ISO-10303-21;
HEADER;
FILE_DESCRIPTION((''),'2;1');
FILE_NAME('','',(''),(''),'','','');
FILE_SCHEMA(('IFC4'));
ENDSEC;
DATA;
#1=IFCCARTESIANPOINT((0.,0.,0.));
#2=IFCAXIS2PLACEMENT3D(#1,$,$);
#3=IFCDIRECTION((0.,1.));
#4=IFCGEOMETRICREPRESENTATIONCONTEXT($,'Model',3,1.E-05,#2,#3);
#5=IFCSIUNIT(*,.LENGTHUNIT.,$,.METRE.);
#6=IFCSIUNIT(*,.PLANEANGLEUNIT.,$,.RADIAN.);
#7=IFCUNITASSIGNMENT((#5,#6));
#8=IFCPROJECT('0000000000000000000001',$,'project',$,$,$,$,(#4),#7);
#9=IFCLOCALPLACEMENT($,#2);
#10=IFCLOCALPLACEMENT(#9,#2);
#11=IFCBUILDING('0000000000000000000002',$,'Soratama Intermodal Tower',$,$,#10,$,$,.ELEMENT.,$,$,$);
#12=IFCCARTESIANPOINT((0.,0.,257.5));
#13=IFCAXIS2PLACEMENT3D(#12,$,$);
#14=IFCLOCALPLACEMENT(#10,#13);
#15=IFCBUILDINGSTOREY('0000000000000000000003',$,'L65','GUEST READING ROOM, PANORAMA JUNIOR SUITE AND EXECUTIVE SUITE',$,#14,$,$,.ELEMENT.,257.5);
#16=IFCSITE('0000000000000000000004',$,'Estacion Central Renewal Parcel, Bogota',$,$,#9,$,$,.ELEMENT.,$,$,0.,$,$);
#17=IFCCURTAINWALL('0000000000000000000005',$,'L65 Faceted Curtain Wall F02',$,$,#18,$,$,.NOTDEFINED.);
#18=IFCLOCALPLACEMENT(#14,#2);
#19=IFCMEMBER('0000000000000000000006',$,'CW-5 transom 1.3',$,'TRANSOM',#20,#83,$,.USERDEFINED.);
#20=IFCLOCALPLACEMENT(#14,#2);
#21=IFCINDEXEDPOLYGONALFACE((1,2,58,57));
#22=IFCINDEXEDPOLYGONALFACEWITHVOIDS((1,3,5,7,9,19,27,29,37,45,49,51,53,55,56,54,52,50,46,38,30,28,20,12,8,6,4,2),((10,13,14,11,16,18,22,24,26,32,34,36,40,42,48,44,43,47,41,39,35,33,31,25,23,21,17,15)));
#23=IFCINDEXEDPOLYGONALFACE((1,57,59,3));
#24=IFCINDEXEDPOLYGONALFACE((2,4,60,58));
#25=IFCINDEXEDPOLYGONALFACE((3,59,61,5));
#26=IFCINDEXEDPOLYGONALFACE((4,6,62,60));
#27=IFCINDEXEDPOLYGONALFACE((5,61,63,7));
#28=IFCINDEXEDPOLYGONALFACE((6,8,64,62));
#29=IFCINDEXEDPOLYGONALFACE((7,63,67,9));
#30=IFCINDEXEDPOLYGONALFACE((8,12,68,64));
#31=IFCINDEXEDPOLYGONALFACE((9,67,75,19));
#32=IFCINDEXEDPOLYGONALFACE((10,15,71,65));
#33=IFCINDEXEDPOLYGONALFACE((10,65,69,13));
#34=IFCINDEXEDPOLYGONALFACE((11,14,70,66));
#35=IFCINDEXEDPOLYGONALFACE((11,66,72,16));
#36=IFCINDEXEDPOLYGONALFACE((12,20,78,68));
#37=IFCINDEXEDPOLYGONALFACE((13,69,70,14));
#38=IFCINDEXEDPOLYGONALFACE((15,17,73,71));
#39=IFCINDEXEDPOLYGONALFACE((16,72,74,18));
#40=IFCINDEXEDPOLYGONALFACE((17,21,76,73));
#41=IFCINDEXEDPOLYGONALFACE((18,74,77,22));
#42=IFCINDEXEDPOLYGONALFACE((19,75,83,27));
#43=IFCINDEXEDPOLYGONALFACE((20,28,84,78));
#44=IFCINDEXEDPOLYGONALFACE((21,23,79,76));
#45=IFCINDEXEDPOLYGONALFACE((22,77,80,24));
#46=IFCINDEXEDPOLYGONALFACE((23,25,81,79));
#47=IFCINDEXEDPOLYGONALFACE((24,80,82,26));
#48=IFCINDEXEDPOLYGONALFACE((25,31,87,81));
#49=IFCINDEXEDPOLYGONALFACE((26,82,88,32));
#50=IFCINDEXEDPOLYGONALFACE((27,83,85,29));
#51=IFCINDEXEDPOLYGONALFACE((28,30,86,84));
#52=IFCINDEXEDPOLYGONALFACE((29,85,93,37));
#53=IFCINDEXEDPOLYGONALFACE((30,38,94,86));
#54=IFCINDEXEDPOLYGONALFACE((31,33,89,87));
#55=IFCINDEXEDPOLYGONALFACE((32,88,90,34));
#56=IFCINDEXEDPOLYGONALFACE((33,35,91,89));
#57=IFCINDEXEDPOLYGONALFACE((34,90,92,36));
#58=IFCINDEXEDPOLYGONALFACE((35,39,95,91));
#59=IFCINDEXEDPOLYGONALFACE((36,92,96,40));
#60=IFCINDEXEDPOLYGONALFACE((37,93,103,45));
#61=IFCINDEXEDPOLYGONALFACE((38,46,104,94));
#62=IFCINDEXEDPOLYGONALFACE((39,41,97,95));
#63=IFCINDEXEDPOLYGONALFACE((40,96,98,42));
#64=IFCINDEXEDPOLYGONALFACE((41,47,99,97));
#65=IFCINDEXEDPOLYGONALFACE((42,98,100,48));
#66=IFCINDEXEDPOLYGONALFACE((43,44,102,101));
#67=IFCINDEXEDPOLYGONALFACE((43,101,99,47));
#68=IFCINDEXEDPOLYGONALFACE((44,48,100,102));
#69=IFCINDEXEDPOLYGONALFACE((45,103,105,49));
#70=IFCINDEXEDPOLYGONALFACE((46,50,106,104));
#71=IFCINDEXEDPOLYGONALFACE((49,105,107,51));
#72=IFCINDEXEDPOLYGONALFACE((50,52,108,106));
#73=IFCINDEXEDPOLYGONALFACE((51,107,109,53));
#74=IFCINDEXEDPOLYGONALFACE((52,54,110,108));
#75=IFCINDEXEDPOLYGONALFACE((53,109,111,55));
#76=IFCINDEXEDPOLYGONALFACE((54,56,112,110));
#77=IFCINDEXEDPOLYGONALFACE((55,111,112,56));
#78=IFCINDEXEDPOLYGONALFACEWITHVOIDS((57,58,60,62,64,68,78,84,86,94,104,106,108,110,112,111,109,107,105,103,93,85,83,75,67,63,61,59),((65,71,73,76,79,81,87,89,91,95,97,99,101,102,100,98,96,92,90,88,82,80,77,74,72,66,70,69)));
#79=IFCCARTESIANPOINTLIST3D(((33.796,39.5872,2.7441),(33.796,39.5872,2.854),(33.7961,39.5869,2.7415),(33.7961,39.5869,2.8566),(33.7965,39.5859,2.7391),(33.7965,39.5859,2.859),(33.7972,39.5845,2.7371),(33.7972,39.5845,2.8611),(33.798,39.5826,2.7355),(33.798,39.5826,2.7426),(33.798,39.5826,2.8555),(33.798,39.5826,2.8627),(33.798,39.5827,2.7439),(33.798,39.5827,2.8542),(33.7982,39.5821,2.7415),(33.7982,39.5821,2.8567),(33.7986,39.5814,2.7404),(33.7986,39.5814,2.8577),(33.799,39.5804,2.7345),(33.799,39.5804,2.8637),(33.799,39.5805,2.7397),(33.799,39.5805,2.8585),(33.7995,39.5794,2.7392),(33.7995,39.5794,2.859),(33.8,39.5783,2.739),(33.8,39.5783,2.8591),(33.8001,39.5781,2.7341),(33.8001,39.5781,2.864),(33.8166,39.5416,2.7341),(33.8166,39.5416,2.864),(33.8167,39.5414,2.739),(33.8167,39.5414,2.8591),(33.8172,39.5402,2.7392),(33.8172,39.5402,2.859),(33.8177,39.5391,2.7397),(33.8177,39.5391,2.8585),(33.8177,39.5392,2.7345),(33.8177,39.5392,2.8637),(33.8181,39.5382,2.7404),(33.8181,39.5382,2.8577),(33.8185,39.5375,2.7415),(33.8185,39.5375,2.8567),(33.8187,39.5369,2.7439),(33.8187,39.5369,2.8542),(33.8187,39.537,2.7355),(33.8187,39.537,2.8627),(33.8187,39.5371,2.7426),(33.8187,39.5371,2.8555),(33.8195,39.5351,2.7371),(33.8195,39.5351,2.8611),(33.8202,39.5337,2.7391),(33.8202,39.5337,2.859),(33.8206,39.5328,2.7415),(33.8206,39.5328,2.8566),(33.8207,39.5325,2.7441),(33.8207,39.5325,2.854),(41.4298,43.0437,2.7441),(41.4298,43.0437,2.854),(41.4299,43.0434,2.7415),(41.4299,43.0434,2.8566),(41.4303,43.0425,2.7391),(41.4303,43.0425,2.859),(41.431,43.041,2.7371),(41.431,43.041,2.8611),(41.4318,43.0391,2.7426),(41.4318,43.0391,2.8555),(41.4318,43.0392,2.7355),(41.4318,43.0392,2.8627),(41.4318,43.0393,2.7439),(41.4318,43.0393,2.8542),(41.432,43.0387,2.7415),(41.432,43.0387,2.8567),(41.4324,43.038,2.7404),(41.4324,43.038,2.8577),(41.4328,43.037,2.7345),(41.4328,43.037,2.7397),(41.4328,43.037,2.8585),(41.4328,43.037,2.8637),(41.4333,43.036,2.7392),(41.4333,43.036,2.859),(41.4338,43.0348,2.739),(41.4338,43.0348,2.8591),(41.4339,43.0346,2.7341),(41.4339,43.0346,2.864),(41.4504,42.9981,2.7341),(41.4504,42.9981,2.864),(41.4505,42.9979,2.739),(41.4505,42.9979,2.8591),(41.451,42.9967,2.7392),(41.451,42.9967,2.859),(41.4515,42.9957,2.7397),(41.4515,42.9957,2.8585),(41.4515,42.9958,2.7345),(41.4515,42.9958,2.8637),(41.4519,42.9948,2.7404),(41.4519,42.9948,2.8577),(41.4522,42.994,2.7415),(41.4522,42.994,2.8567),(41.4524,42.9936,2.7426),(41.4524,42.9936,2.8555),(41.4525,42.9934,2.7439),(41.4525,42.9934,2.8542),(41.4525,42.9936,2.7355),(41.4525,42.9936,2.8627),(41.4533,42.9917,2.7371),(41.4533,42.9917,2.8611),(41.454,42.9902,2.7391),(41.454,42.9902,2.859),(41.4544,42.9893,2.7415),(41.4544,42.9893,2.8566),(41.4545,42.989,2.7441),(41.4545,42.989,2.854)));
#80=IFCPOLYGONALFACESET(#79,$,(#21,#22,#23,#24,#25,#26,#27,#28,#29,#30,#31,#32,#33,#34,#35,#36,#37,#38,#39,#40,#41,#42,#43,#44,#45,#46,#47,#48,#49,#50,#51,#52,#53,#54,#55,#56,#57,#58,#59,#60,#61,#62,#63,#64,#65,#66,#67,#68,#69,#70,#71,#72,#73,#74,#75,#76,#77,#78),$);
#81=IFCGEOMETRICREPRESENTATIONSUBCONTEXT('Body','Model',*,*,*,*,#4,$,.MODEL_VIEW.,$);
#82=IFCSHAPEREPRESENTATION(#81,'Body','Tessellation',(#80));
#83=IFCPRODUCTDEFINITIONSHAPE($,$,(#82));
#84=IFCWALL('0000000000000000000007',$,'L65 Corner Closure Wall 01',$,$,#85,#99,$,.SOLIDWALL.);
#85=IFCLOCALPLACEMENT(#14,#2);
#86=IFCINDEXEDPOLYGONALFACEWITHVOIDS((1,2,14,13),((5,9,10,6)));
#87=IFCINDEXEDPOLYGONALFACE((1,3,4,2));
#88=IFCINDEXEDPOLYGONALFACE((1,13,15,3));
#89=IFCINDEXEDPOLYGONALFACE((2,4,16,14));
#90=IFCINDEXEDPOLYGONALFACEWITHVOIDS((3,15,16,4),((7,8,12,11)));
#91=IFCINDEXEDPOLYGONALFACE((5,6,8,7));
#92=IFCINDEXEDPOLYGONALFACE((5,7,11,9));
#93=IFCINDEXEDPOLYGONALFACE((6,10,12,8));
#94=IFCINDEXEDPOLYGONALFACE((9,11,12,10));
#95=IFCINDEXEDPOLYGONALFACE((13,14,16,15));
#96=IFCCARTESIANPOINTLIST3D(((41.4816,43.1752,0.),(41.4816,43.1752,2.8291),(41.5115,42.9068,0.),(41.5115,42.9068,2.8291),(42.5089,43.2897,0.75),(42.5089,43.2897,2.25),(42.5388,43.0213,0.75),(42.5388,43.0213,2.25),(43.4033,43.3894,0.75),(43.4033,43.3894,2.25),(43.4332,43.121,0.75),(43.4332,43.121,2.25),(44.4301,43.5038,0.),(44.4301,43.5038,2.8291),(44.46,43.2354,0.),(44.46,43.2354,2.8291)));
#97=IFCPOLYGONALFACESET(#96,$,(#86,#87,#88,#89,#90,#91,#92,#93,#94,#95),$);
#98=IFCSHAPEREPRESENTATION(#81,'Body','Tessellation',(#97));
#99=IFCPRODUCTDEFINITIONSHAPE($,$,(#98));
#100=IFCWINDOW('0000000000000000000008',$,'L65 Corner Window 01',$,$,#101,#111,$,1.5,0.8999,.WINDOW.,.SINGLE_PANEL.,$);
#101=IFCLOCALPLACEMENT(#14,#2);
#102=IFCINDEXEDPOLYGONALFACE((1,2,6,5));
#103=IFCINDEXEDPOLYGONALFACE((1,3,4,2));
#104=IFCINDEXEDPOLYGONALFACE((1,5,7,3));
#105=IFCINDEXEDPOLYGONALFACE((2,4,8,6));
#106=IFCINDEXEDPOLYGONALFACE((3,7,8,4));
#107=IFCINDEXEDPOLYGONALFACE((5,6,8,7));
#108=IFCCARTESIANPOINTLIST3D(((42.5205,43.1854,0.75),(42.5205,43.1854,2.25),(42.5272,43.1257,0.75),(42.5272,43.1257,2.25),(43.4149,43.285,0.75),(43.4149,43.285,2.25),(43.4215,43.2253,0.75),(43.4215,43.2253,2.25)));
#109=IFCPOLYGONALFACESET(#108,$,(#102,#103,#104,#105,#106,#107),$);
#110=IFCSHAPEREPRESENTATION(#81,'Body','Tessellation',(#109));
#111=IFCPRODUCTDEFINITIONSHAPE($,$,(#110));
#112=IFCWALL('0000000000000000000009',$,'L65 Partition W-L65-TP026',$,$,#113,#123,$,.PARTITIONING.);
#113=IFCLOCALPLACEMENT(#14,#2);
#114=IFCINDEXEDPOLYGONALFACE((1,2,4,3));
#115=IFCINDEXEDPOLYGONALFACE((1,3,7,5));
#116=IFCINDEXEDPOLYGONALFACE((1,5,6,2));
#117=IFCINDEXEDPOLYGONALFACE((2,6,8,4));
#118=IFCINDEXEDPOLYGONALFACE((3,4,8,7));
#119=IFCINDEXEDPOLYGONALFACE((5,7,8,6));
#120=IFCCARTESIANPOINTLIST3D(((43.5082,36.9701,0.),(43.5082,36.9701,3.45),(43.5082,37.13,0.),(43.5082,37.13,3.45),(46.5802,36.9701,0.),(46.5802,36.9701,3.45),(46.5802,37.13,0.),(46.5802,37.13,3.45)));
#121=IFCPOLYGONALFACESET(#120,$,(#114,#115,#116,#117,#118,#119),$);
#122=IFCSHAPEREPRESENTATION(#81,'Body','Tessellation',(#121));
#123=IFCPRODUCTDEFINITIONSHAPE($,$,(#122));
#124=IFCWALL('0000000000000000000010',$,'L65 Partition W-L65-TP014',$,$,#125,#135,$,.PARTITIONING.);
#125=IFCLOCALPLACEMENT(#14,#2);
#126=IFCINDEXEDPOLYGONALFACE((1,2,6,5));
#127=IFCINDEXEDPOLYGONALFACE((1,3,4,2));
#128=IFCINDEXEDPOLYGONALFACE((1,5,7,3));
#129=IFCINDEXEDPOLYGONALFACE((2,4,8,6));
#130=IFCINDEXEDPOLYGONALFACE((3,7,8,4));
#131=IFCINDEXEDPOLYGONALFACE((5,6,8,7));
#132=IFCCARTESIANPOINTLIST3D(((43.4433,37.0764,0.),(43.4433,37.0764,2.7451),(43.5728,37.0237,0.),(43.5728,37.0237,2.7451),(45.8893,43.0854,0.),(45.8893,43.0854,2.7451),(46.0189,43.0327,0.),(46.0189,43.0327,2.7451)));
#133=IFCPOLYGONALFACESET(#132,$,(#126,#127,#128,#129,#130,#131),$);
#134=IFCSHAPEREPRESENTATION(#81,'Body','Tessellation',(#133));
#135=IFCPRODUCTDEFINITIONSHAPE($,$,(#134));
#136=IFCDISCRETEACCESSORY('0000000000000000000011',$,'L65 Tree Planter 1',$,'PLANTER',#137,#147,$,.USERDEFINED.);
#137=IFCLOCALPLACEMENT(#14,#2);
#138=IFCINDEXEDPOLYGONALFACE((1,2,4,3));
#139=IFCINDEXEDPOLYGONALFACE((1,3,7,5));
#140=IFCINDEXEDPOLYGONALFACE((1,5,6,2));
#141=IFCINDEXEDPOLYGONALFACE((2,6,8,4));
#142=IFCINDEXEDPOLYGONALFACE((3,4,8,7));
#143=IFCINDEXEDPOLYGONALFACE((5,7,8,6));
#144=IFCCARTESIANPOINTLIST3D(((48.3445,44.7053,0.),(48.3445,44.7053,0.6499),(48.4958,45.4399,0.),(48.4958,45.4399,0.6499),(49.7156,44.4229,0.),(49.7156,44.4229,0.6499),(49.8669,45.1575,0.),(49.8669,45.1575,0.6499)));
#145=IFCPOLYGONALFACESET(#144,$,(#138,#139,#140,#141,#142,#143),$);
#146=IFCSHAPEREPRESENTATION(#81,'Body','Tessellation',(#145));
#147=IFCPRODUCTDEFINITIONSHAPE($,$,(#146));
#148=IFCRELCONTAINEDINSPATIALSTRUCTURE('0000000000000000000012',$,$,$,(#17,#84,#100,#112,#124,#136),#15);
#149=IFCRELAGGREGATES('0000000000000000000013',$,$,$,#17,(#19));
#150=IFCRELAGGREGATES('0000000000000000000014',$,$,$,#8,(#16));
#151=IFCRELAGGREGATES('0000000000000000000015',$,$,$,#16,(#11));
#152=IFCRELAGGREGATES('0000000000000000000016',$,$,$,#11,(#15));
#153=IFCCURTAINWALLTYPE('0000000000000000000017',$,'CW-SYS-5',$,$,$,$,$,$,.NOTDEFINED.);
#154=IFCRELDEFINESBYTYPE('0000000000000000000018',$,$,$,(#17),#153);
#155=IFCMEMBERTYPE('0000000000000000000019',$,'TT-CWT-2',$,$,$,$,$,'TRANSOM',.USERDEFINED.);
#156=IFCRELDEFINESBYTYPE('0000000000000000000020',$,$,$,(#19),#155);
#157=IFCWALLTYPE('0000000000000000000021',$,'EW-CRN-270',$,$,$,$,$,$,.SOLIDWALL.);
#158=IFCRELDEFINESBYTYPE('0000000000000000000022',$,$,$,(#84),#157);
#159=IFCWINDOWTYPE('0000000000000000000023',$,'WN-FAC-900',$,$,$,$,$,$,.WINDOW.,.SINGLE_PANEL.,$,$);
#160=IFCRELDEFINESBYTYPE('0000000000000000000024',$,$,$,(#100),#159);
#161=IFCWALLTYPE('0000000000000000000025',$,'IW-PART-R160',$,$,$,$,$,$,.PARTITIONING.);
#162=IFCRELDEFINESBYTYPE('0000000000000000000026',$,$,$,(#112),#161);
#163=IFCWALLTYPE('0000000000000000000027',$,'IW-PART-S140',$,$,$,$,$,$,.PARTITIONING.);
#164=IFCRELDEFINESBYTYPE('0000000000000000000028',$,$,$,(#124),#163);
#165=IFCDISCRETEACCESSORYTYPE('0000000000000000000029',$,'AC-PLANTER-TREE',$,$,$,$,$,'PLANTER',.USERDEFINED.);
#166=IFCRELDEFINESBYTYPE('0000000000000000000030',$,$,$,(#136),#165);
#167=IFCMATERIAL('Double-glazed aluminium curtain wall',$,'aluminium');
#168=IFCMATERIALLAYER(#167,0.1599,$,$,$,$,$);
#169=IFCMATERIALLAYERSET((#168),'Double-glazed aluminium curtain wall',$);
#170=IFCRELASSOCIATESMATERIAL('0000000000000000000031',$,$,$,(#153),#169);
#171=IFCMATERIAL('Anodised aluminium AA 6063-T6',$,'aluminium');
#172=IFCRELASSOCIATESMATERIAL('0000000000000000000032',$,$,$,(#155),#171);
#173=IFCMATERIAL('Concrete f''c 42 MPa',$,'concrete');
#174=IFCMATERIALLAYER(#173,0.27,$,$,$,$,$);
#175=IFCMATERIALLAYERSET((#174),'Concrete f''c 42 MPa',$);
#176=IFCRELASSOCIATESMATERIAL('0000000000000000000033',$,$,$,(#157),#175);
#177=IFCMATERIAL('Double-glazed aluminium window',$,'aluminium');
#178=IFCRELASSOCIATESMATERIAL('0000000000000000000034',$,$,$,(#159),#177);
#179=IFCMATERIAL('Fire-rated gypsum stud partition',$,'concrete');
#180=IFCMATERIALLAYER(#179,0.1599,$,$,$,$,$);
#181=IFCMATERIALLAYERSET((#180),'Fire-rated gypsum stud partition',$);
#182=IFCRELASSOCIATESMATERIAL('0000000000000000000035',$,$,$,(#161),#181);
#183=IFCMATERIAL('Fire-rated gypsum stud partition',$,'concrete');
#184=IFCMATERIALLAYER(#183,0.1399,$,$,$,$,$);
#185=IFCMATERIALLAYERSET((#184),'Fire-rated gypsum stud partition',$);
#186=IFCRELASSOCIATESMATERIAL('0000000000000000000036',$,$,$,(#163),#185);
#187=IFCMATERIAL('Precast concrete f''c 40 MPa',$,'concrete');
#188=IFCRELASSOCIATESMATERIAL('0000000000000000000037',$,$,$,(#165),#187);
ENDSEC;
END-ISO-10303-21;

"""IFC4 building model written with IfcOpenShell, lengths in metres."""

from ifc_helpers import new_model, si_unit, direction, frame, frame_2d, origin, origin_2d, place, context, subcontext, project, spatial, rectangle, hollow_rectangle, extrude, material, layer, layer_set, material_profile, profile_set, type_object, element, fill, aggregate, save


model = new_model("IFC4")

# Units and contexts
model_context = context("Model", 3, precision=1e-05, world=origin(), true_north=direction((0.0, 1.0)))
body_context = subcontext(model_context, "Body", "Model", "MODEL_VIEW")
ifc_project = project(units=[si_unit("LENGTHUNIT", "METRE"), si_unit("PLANEANGLEUNIT", "RADIAN")], contexts=[model_context])

# Site, building, storey
site_placement = place(None, origin())
site = spatial("IfcSite", under=ifc_project, at=site_placement, Name="Estacion Central Renewal Parcel, Bogota", CompositionType="ELEMENT", RefElevation=0.0)
building_placement = place(site_placement, origin())
building = spatial("IfcBuilding", under=site, at=building_placement, Name="Soratama Intermodal Tower", CompositionType="ELEMENT")
storey_placement = place(building_placement, frame((0.0, 0.0, 257.5)))
storey = spatial("IfcBuildingStorey", under=building, at=storey_placement, Name="L65", Description="GUEST READING ROOM, PANORAMA JUNIOR SUITE AND EXECUTIVE SUITE", CompositionType="ELEMENT", Elevation=257.5)

# Curtain wall, member
ifc_material_1 = material(Name="Double-glazed aluminium curtain wall", Category="aluminium")
ifc_layer_1 = layer(ifc_material_1, 0.1599)
ifc_layer_set_1 = layer_set([ifc_layer_1], Name="Double-glazed aluminium curtain wall")
curtain_wall_type = type_object("IfcCurtainWallType", Name="CW-SYS-5", PredefinedType="NOTDEFINED", material=ifc_layer_set_1)
curtain_wall_placement = place(storey_placement, origin())
curtain_wall = element("IfcCurtainWall", 1, at=curtain_wall_placement, inside=storey, type_object=curtain_wall_type, Name="L65 Faceted Curtain Wall F02", PredefinedType="NOTDEFINED")
ifc_material_2 = material(Name="Anodised aluminium AA 6063-T6", Category="aluminium")
ifc_material_profile_1 = material_profile(ifc_material_2, hollow_rectangle(XDim=0.0601, YDim=0.1299, WallThickness=0.0049, InnerFilletRadius=0.0049, OuterFilletRadius=0.01, at=origin_2d()), Name="CWT130X60X5")
ifc_profile_set_1 = profile_set([ifc_material_profile_1], Name="Anodised aluminium AA 6063-T6")
member_type_1 = type_object("IfcMemberType", Name="TT-CWT-2", ElementType="TRANSOM", PredefinedType="USERDEFINED", material=ifc_profile_set_1)
member_1_placement = place(storey_placement, frame((41.4421, 43.0164, 2.7991), z_axis=(-0.910966, -0.412481, 0.0), x_axis=(0.412481, -0.910966, 0.0)))
member_1 = element("IfcMember", 2, at=member_1_placement, type_object=member_type_1, Name="CW-5 transom 1.3", ObjectType="TRANSOM", PredefinedType="USERDEFINED", context=body_context, shape_type="SweptSolid", body=[
    extrude(hollow_rectangle(XDim=0.0601, YDim=0.1299, WallThickness=0.0049, InnerFilletRadius=0.0049, OuterFilletRadius=0.01, at=origin_2d()), origin(), (0.0, 0.0, 1.0), 8.3799),
])
aggregate(curtain_wall, [member_1])

# Wall, opening, window
ifc_material_3 = material(Name="Concrete f'c 42 MPa", Category="concrete")
ifc_layer_2 = layer(ifc_material_3, 0.27)
ifc_layer_set_2 = layer_set([ifc_layer_2], Name="Concrete f'c 42 MPa")
wall_type_1 = type_object("IfcWallType", Name="EW-CRN-270", PredefinedType="SOLIDWALL", material=ifc_layer_set_2)
wall_1_placement = place(storey_placement, frame((44.4451, 43.3696, 0.0), z_axis=(0.0, 0.0, 1.0), x_axis=(-0.993847, -0.110766, 0.0)))
wall_1 = element("IfcWall", 3, at=wall_1_placement, inside=storey, type_object=wall_type_1, Name="L65 Corner Closure Wall 01", PredefinedType="SOLIDWALL", context=body_context, shape_type="SweptSolid", body=[
    extrude(rectangle(XDim=2.9668, YDim=0.27, at=frame_2d((1.4834, 0.0))), origin(), (0.0, 0.0, 1.0), 2.8291),
])
opening_1_placement = place(wall_1_placement, frame((1.0332, 0.0, 0.75)))
opening_1 = element("IfcOpeningElement", 4, at=opening_1_placement, cuts=wall_1, PredefinedType="OPENING", context=body_context, shape_type="SweptSolid", body=[
    extrude(rectangle(XDim=0.8999, YDim=1.5, at=frame_2d((0.45, 0.75))), frame((0.0, 0.145, 0.0), z_axis=(0.0, -1.0, 0.0), x_axis=(1.0, 0.0, 0.0)), (0.0, 0.0, 1.0), 0.29),
])
ifc_material_4 = material(Name="Double-glazed aluminium window", Category="aluminium")
window_type = type_object("IfcWindowType", Name="WN-FAC-900", PartitioningType="SINGLE_PANEL", PredefinedType="WINDOW", material=ifc_material_4)
window_placement = place(opening_1_placement, origin())
window = element("IfcWindow", 5, at=window_placement, inside=storey, type_object=window_type, Name="L65 Corner Window 01", OverallHeight=1.5, OverallWidth=0.8999, PartitioningType="SINGLE_PANEL", PredefinedType="WINDOW", context=body_context, shape_type="SweptSolid", body=[
    extrude(rectangle(XDim=0.8999, YDim=1.5, at=frame_2d((0.45, 0.75))), frame((0.0, 0.03, 0.0), z_axis=(0.0, -1.0, 0.0), x_axis=(1.0, 0.0, 0.0)), (0.0, 0.0, 1.0), 0.0601),
])
fill(opening_1, window)

# Shared definitions
ifc_material_5 = material(Name="Fire-rated gypsum stud partition", Category="concrete")
ifc_layer_3 = layer(ifc_material_5, 0.1599)
ifc_layer_set_3 = layer_set([ifc_layer_3], Name="Fire-rated gypsum stud partition")
wall_type_2 = type_object("IfcWallType", Name="IW-PART-R160", PredefinedType="PARTITIONING", material=ifc_layer_set_3)

# Walls
wall_2_placement = place(storey_placement, frame((43.5081, 37.05, 0.0), z_axis=(0.0, 0.0, 1.0), x_axis=(1.0, 0.0, 0.0)))
element("IfcWall", 6, at=wall_2_placement, inside=storey, type_object=wall_type_2, Name="L65 Partition W-L65-TP026", PredefinedType="PARTITIONING", context=body_context, shape_type="SweptSolid", body=[
    extrude(rectangle(XDim=3.072, YDim=0.1599, at=frame_2d((1.5361, 0.0))), origin(), (0.0, 0.0, 1.0), 3.45),
])
ifc_material_6 = material(Name="Fire-rated gypsum stud partition", Category="concrete")
ifc_layer_4 = layer(ifc_material_6, 0.1399)
ifc_layer_set_4 = layer_set([ifc_layer_4], Name="Fire-rated gypsum stud partition")
wall_type_3 = type_object("IfcWallType", Name="IW-PART-S140", PredefinedType="PARTITIONING", material=ifc_layer_set_4)
wall_3_placement = place(storey_placement, frame((43.5081, 37.05, 0.0), z_axis=(0.0, 0.0, 1.0), x_axis=(0.377022, 0.926204, 0.0)))
element("IfcWall", 7, at=wall_3_placement, inside=storey, type_object=wall_type_3, Name="L65 Partition W-L65-TP014", PredefinedType="PARTITIONING", context=body_context, shape_type="SweptSolid", body=[
    extrude(rectangle(XDim=6.4878, YDim=0.1399, at=frame_2d((3.2439, 0.0))), origin(), (0.0, 0.0, 1.0), 2.7451),
])

# Discrete accessory
ifc_material_7 = material(Name="Precast concrete f'c 40 MPa", Category="concrete")
discrete_accessory_type = type_object("IfcDiscreteAccessoryType", Name="AC-PLANTER-TREE", ElementType="PLANTER", PredefinedType="USERDEFINED", material=ifc_material_7)
discrete_accessory_placement = place(storey_placement, frame((49.1057, 44.9314, 0.0), z_axis=(0.0, 0.0, 1.0), x_axis=(0.201762, 0.979435, 0.0)))
element("IfcDiscreteAccessory", 8, at=discrete_accessory_placement, inside=storey, type_object=discrete_accessory_type, Name="L65 Tree Planter 1", ObjectType="PLANTER", PredefinedType="USERDEFINED", context=body_context, shape_type="SweptSolid", body=[
    extrude(rectangle(XDim=0.75, YDim=1.3999, at=origin_2d()), origin(), (0.0, 0.0, 1.0), 0.6499),
])

save(model, "model.ifc")
